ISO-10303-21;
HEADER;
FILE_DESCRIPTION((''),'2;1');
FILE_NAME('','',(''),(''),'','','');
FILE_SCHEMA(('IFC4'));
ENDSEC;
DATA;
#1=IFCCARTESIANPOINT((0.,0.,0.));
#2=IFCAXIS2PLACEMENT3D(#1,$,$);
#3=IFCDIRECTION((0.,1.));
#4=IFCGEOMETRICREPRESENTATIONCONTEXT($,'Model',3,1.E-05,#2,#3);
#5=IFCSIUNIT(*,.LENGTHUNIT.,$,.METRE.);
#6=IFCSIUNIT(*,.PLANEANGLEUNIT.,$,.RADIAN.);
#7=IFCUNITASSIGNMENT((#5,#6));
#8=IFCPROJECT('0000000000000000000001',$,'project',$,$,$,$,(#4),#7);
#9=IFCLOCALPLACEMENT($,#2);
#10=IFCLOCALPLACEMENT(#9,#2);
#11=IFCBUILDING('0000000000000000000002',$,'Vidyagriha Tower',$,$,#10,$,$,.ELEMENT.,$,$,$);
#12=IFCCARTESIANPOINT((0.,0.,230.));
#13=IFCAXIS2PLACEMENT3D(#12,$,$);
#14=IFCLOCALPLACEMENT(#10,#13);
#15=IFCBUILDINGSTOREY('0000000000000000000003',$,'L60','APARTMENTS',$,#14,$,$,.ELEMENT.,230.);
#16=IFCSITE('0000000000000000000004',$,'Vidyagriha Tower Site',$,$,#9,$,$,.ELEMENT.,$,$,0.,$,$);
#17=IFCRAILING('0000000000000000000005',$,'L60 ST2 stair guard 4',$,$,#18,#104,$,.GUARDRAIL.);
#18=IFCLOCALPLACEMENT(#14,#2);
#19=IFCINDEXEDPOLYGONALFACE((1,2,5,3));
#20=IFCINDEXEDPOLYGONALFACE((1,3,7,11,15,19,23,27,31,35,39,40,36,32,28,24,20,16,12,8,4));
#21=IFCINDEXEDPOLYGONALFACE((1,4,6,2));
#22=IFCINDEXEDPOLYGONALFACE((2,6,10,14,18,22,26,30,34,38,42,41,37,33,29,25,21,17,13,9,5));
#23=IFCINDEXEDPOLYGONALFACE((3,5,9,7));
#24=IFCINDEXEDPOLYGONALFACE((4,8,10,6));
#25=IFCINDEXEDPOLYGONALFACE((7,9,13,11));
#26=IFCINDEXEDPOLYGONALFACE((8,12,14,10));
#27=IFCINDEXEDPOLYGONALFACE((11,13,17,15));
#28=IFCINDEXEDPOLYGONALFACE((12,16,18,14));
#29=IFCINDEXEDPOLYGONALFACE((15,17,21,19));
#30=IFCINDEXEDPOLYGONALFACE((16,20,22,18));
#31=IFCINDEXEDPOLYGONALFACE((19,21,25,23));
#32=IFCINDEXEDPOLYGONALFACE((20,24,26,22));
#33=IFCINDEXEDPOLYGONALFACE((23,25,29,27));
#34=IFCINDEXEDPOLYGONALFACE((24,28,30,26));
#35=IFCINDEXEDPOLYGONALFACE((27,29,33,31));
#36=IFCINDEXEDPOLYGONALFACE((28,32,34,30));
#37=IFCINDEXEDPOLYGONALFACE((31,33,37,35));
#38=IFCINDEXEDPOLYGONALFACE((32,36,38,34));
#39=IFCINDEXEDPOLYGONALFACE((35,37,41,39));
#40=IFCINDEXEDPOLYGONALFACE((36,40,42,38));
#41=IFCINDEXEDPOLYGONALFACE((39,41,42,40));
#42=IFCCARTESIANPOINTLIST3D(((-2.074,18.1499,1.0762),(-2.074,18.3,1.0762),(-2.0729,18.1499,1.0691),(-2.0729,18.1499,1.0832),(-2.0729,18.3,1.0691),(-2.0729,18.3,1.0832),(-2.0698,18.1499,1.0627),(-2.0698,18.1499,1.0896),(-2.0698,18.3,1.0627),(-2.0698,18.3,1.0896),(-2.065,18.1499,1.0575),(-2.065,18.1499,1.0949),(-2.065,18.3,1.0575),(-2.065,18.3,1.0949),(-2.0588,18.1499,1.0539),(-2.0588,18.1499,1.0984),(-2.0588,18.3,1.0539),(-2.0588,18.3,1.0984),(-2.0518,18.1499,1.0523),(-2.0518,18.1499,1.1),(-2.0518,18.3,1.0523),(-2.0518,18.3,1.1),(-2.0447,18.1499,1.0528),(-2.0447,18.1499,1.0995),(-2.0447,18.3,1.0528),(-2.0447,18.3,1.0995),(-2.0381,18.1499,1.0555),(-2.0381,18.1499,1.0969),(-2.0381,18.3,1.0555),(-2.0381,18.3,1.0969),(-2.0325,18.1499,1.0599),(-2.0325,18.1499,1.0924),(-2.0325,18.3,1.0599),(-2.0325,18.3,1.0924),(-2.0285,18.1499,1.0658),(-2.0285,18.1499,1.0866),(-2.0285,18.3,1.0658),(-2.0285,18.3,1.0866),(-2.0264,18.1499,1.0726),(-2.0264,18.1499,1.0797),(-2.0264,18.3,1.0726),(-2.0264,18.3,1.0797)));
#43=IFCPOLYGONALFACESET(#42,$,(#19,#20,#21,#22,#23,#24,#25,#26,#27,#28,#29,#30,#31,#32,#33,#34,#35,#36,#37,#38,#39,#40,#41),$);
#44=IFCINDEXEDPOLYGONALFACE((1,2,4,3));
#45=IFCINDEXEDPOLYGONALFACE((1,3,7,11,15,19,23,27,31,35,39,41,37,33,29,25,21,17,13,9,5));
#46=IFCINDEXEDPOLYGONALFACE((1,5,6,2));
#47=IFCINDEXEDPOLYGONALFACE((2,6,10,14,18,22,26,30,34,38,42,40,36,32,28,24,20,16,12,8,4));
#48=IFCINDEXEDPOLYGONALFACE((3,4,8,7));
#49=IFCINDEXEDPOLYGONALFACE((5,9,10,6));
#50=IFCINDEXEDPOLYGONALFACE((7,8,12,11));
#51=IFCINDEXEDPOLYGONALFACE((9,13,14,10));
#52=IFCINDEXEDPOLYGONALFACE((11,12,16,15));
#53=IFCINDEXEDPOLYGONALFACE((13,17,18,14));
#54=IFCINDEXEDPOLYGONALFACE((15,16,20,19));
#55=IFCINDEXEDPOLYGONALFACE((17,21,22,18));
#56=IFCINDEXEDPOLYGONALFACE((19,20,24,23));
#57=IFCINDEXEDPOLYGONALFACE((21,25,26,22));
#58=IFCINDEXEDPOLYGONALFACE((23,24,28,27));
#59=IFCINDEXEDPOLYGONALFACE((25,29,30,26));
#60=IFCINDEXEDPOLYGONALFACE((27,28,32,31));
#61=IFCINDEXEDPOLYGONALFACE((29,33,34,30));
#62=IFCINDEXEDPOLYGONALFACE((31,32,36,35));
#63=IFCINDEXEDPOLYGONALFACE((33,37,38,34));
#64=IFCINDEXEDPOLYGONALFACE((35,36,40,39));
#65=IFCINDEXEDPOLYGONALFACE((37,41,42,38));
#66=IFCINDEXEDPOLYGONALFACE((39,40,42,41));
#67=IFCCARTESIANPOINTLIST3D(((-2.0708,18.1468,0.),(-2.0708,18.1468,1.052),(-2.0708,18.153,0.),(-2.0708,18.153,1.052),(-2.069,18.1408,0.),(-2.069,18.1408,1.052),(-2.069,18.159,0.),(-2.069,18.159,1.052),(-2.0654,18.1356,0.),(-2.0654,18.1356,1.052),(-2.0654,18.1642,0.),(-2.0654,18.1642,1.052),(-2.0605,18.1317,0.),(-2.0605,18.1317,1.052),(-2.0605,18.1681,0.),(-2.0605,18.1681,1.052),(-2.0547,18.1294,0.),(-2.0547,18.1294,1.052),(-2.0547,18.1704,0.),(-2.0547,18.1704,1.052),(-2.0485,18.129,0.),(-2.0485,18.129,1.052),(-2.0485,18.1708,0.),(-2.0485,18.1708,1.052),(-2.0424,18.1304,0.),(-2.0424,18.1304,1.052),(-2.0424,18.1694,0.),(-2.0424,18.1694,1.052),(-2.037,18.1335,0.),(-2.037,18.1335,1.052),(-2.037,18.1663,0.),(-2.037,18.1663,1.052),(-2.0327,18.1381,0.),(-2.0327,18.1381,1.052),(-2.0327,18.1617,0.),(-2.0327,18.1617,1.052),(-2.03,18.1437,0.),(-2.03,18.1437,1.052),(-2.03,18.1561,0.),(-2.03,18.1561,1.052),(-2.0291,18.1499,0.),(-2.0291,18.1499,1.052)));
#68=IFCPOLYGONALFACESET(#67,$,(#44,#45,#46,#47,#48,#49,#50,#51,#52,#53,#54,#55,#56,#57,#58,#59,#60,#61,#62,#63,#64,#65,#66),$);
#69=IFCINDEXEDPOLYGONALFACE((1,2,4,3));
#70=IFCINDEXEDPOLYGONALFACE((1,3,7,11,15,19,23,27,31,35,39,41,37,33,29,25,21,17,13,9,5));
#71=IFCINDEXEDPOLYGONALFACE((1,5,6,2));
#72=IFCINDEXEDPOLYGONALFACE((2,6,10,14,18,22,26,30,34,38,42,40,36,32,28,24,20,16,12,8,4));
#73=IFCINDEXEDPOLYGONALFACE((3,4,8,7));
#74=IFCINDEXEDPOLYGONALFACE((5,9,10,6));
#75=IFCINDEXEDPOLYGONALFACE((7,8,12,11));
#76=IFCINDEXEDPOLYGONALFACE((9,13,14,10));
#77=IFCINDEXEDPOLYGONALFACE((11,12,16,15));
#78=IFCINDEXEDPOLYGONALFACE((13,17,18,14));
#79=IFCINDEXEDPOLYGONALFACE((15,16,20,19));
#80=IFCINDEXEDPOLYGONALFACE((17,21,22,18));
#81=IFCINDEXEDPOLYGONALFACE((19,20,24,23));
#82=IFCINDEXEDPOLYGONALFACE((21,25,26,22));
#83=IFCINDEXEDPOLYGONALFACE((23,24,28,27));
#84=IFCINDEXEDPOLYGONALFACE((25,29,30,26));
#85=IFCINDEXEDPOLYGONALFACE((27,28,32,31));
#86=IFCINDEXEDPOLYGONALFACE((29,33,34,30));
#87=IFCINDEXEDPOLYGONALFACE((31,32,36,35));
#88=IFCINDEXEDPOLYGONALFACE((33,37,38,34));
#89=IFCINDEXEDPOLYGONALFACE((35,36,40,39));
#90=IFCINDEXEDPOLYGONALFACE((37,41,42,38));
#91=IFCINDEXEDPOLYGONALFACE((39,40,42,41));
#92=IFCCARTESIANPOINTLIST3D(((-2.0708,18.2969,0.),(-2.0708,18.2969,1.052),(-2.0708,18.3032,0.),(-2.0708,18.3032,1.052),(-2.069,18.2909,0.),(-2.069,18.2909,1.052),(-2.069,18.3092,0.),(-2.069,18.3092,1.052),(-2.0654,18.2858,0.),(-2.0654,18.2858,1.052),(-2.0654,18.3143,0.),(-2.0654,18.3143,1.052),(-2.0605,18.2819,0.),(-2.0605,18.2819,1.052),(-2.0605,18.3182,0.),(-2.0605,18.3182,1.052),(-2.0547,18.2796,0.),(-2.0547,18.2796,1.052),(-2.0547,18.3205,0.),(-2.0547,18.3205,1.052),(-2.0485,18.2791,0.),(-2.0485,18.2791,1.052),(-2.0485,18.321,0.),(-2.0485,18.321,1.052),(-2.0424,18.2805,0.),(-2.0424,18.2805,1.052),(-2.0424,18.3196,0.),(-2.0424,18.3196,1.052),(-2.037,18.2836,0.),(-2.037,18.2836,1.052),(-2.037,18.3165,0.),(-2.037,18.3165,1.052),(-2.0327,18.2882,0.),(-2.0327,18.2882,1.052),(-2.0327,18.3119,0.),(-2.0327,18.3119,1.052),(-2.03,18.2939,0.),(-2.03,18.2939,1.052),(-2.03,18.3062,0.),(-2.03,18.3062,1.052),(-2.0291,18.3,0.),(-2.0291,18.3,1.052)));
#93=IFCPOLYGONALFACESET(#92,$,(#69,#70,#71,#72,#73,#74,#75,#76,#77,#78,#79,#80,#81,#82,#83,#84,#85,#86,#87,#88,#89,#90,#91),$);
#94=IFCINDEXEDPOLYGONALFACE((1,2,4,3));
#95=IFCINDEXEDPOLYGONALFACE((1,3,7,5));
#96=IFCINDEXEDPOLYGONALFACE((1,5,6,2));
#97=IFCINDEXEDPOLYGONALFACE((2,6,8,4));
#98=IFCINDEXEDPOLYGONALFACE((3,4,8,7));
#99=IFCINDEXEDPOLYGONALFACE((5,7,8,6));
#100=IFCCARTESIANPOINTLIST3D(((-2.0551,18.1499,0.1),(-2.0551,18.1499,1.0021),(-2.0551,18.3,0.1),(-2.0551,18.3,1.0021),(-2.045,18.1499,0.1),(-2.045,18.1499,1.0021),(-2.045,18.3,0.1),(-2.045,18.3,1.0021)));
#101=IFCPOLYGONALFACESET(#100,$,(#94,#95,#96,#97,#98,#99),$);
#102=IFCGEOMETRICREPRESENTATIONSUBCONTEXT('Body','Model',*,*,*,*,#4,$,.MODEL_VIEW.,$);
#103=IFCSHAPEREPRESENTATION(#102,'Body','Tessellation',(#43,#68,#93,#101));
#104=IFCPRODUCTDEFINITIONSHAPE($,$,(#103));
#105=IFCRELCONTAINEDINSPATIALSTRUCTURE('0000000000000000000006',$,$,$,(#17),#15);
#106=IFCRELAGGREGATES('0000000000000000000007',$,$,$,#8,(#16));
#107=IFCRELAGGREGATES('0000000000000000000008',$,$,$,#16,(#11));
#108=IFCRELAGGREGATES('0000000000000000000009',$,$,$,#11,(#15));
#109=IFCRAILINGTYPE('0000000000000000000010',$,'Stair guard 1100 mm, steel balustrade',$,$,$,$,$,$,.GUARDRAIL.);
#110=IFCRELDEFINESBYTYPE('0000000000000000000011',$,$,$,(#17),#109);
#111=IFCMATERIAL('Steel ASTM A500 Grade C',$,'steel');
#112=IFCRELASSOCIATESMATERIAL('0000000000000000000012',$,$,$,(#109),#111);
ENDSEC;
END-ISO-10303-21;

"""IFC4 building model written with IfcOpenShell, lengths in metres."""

from ifc_helpers import new_model, si_unit, direction, frame, origin, origin_2d, place, context, subcontext, project, spatial, rectangle, circle, extrude, material, type_object, element, save


model = new_model("IFC4")

# Units and contexts
model_context = context("Model", 3, precision=1e-05, world=origin(), true_north=direction((0.0, 1.0)))
body_context = subcontext(model_context, "Body", "Model", "MODEL_VIEW")
ifc_project = project(units=[si_unit("LENGTHUNIT", "METRE"), si_unit("PLANEANGLEUNIT", "RADIAN")], contexts=[model_context])

# Site, building, storey
site_placement = place(None, origin())
site = spatial("IfcSite", under=ifc_project, at=site_placement, Name="Vidyagriha Tower Site", CompositionType="ELEMENT", RefElevation=0.0)
building_placement = place(site_placement, origin())
building = spatial("IfcBuilding", under=site, at=building_placement, Name="Vidyagriha Tower", CompositionType="ELEMENT")
storey_placement = place(building_placement, frame((0.0, 0.0, 230.0)))
storey = spatial("IfcBuildingStorey", under=building, at=storey_placement, Name="L60", Description="APARTMENTS", CompositionType="ELEMENT", Elevation=230.0)

# Railing
ifc_material_1 = material(Name="Steel ASTM A500 Grade C", Category="steel")
railing_type_1 = type_object("IfcRailingType", Name="Stair guard 1100 mm, steel balustrade", PredefinedType="GUARDRAIL", material=ifc_material_1)
railing_1_placement = place(storey_placement, frame((-2.05, 18.1499, 0.0)))
element("IfcRailing", 1, at=railing_1_placement, inside=storey, type_object=railing_type_1, Name="L60 ST2 stair guard 4", PredefinedType="GUARDRAIL", context=body_context, shape_type="SweptSolid", body=[
    extrude(circle(Radius=0.0239, at=origin_2d()), frame((0.0, 0.0, 1.0762), z_axis=(0.0, 1.0, 0.0), x_axis=(-1.0, 0.0, 0.0)), (0.0, 0.0, 1.0), 0.1501),
    extrude(circle(Radius=0.021, at=origin_2d()), origin(), (0.0, 0.0, 1.0), 1.052),
    extrude(circle(Radius=0.021, at=origin_2d()), frame((0.0, 0.1501, 0.0)), (0.0, 0.0, 1.0), 1.052),
    extrude(rectangle(XDim=0.01, YDim=0.9021, at=origin_2d()), frame((0.0, 0.0, 0.551), z_axis=(0.0, 1.0, 0.0), x_axis=(-1.0, 0.0, 0.0)), (0.0, 0.0, 1.0), 0.1501),
])

save(model, "model.ifc")
